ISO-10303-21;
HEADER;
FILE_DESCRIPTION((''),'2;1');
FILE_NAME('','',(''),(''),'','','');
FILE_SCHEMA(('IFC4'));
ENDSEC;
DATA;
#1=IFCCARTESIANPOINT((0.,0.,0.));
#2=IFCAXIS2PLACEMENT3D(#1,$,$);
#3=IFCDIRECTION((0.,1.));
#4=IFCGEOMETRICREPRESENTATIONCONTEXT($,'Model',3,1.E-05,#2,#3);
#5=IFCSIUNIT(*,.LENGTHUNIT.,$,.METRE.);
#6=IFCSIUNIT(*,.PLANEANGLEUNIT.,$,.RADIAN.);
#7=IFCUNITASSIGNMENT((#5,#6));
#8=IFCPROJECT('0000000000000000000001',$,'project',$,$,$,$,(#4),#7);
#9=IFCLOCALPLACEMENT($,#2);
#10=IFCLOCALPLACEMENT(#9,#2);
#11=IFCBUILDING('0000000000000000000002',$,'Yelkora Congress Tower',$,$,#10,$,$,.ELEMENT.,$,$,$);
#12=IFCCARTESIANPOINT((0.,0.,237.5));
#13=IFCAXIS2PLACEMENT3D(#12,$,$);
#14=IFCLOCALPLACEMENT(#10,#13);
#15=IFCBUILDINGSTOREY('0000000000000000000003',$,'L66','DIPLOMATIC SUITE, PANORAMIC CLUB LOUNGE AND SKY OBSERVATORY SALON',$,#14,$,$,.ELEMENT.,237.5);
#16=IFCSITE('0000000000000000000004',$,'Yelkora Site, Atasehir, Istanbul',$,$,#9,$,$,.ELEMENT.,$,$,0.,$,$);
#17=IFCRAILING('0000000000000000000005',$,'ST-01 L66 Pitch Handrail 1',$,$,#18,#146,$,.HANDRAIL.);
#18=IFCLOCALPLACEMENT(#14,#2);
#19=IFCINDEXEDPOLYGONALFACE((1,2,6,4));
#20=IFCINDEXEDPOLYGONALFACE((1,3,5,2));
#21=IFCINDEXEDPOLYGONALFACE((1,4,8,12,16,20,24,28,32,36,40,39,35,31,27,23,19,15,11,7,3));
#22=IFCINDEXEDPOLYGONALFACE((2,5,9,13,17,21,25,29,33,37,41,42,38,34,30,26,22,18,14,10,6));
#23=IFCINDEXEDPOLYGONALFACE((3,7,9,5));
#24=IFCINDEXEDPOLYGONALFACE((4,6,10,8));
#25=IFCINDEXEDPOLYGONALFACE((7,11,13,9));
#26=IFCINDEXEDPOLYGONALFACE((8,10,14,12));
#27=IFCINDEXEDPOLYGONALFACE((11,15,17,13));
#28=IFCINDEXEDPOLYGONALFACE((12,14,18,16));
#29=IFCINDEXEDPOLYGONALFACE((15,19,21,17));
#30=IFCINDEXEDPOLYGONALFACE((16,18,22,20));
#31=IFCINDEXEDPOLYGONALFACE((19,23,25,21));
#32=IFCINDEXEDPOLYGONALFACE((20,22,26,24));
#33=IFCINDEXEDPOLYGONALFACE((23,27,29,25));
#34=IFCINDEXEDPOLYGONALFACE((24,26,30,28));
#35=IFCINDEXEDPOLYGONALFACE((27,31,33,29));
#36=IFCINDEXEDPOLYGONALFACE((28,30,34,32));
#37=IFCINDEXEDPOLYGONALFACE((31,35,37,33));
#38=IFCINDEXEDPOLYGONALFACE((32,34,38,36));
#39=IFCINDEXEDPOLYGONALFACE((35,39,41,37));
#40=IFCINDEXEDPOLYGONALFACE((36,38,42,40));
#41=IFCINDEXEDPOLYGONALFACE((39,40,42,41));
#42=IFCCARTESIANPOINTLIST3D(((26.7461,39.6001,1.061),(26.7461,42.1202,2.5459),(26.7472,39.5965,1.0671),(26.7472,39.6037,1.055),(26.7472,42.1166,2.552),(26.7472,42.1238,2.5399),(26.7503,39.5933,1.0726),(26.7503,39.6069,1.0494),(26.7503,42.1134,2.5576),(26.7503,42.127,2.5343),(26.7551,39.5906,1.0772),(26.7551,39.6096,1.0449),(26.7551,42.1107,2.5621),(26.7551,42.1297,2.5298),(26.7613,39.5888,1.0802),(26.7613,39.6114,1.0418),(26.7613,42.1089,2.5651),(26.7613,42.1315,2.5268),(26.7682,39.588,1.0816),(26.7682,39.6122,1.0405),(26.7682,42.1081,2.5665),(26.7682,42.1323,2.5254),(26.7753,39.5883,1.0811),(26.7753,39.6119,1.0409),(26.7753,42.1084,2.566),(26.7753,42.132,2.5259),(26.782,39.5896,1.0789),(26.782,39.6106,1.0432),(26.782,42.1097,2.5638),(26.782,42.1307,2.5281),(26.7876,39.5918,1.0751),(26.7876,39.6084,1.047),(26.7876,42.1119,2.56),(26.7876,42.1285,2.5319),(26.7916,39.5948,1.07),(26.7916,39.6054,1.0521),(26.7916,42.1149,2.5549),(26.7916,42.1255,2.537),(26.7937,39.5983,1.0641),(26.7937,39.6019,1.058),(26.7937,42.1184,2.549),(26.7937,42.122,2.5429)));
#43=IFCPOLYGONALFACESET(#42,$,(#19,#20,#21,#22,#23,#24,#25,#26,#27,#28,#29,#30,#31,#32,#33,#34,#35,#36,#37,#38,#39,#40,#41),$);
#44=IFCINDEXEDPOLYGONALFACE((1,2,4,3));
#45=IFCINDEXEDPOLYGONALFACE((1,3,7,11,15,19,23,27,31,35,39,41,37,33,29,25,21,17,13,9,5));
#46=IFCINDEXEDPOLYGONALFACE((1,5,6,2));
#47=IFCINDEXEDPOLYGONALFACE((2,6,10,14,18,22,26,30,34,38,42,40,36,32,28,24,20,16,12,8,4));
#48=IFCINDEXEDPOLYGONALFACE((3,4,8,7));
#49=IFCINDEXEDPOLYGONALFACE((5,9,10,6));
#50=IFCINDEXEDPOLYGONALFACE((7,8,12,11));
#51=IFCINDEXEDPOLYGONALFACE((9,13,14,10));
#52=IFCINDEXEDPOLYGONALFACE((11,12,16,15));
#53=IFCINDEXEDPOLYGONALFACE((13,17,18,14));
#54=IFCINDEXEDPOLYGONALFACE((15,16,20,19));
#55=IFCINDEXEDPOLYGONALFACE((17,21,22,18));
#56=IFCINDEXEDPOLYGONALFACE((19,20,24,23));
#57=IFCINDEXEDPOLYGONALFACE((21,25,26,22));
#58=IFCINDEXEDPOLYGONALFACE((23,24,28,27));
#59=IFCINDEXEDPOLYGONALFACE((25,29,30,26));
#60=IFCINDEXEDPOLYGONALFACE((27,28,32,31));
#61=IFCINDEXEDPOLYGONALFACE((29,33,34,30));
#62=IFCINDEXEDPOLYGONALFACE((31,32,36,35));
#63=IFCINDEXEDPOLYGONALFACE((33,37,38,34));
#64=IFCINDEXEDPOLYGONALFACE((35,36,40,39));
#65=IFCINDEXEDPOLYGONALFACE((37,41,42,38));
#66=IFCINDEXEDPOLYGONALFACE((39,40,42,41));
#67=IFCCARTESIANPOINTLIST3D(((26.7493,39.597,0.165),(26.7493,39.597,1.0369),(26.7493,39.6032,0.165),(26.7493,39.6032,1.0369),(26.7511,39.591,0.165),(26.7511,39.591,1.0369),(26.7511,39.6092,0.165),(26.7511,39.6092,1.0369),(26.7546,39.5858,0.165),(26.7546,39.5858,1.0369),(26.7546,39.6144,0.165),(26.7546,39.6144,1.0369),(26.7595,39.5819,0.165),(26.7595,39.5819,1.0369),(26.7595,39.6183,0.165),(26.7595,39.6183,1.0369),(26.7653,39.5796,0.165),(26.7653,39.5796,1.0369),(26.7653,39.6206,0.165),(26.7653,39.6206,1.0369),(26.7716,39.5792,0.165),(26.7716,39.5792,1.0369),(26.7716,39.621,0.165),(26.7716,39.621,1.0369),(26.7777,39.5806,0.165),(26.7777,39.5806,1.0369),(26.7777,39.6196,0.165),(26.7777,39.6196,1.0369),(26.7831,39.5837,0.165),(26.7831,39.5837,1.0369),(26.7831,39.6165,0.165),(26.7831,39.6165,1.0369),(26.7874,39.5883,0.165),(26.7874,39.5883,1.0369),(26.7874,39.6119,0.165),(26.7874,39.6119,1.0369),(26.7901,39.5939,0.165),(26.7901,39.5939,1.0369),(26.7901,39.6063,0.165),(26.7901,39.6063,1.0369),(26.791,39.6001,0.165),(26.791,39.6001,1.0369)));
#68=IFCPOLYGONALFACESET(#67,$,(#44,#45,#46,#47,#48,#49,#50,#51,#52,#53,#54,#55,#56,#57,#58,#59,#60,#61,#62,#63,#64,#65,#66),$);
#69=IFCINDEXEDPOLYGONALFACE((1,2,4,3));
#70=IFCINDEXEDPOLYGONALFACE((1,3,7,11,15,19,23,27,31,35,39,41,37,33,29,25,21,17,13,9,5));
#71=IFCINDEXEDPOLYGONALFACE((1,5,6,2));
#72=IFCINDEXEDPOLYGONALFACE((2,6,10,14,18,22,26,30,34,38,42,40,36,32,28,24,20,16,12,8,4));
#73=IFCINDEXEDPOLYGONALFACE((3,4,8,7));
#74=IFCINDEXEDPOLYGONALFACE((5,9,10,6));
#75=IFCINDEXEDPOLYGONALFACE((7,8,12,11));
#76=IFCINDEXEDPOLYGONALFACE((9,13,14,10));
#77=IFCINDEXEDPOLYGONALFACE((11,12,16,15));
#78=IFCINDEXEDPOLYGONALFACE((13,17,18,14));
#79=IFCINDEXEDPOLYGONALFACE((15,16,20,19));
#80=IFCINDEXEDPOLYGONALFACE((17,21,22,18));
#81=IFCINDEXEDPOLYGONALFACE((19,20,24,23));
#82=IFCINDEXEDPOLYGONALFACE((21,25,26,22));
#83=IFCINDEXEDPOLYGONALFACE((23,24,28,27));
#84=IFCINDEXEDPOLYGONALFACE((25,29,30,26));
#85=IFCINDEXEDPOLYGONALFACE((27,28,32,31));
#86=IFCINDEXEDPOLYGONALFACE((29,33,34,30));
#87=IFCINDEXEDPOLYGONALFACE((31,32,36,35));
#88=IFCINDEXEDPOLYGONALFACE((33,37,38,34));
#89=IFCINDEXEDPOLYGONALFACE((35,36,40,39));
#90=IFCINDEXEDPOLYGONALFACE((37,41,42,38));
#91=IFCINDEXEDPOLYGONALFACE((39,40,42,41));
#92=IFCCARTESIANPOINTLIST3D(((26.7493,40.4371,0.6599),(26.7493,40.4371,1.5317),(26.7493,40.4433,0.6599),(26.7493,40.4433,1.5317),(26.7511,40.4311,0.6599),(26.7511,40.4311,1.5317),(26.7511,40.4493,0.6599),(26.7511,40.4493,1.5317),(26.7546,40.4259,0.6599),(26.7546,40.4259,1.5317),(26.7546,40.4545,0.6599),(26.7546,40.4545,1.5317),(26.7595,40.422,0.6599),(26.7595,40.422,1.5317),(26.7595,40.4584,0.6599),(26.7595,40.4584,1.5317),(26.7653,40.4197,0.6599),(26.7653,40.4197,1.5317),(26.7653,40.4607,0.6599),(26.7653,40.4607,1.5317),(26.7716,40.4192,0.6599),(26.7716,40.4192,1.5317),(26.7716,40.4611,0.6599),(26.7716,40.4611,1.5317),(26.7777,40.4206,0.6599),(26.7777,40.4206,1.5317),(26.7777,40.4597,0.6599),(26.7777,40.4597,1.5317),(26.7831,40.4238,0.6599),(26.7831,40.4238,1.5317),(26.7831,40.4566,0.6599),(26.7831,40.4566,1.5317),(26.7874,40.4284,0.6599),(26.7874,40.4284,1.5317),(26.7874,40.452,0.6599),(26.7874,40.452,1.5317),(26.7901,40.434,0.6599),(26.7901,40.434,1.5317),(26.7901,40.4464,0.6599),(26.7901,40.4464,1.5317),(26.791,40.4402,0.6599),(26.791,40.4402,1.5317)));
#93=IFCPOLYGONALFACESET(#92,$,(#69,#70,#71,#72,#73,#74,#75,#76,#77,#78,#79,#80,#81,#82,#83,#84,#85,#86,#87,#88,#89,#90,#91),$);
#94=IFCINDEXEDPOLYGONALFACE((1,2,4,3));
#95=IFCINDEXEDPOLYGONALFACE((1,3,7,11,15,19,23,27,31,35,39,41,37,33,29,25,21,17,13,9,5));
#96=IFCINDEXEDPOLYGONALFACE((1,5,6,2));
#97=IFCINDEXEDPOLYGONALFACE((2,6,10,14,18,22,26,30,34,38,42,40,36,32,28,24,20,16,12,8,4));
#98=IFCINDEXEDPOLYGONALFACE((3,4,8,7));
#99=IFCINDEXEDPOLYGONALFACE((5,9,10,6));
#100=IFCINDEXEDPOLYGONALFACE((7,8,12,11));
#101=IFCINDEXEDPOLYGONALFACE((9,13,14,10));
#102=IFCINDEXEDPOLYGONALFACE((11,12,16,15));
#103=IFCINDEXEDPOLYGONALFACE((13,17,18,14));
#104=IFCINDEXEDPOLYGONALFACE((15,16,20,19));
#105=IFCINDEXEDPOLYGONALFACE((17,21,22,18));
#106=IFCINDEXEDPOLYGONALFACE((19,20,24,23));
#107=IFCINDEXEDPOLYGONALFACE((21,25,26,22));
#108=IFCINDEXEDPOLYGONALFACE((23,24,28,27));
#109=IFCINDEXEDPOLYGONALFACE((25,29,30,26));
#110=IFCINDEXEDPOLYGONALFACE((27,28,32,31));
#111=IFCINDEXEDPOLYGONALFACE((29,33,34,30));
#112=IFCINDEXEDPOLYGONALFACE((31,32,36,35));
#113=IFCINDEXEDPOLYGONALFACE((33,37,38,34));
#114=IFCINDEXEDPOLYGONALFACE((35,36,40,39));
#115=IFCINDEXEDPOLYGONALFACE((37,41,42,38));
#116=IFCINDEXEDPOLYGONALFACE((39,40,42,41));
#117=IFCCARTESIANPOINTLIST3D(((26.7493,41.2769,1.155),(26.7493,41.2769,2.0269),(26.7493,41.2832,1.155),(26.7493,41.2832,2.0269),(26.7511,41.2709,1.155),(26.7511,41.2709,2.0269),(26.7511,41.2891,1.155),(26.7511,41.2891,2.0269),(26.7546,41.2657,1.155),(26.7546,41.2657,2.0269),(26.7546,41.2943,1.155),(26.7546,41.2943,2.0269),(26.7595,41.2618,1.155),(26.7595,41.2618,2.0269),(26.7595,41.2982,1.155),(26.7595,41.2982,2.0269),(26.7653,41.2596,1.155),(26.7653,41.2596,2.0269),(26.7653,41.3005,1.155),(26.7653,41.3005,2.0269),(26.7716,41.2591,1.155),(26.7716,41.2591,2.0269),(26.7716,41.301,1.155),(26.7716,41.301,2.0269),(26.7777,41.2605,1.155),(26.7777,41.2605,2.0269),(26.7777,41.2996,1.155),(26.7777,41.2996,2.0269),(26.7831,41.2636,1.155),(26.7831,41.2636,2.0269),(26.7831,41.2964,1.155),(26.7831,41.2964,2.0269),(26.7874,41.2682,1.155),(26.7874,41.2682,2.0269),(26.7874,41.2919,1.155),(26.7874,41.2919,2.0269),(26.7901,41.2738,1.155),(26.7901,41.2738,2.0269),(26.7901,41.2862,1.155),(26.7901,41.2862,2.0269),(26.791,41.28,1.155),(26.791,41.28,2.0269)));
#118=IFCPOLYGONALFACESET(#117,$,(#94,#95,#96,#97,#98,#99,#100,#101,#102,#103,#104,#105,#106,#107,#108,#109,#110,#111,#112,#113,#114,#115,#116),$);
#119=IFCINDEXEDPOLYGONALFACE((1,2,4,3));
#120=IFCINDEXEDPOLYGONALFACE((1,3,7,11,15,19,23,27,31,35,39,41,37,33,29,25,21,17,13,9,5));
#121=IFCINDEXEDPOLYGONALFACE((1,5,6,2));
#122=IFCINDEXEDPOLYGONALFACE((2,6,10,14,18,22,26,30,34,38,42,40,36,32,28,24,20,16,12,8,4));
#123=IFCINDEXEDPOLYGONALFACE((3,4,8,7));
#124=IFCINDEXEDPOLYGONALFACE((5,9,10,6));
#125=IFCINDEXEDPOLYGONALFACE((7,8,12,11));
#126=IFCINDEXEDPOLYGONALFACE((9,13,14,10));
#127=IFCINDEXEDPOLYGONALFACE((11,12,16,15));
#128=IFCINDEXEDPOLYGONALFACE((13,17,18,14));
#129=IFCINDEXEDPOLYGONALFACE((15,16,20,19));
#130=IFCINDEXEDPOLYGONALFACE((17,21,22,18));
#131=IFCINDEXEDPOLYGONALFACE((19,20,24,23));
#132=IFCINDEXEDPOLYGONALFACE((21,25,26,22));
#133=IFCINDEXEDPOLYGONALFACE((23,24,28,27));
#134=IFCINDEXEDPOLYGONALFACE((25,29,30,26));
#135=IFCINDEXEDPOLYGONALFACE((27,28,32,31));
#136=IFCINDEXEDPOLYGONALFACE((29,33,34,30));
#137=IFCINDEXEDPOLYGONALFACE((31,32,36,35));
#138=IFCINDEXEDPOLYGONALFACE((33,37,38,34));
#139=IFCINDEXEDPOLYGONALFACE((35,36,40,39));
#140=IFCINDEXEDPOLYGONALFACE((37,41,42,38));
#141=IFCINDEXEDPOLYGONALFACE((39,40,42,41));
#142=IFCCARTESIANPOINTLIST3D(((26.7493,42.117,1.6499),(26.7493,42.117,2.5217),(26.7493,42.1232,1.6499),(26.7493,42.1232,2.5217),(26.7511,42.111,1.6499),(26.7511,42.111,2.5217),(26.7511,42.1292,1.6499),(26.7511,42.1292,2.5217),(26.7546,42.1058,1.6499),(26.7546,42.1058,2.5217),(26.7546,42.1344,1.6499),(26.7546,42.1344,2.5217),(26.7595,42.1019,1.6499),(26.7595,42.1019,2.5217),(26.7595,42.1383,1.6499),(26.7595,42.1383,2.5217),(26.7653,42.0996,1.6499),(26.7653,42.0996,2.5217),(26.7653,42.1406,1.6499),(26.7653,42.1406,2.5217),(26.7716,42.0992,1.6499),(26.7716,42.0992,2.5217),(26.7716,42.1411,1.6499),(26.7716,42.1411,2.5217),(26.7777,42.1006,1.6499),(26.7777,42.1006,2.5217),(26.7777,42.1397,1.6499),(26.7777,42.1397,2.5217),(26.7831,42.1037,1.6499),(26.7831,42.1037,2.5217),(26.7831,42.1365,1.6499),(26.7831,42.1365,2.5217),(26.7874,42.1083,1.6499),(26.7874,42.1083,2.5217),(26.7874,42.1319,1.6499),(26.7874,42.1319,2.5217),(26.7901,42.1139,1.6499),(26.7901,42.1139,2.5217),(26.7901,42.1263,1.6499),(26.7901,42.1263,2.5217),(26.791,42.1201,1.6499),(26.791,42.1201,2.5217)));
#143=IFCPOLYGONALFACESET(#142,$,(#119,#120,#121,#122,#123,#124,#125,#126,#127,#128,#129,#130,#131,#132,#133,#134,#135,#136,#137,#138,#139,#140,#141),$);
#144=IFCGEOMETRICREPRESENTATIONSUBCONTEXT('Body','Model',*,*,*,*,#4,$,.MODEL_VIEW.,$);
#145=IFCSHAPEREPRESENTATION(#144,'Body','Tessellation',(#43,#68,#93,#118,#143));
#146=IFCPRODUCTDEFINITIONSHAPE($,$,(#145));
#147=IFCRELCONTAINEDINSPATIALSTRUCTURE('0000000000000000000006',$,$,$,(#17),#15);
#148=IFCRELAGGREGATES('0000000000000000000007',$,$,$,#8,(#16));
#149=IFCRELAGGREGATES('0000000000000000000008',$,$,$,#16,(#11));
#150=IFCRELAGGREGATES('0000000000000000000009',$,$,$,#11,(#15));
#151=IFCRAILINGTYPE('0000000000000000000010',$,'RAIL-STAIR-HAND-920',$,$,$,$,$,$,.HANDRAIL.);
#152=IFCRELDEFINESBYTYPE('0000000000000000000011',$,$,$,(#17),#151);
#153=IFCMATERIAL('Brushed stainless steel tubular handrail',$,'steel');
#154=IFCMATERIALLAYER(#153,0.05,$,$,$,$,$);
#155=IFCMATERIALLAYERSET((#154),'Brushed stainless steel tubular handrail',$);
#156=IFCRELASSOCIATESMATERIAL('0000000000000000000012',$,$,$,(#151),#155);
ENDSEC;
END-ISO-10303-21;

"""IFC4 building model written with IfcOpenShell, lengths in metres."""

from ifc_helpers import new_model, si_unit, direction, frame, origin, origin_2d, place, context, subcontext, project, spatial, circle, extrude, material, layer, layer_set, type_object, element, save


model = new_model("IFC4")

# Units and contexts
model_context = context("Model", 3, precision=1e-05, world=origin(), true_north=direction((0.0, 1.0)))
body_context = subcontext(model_context, "Body", "Model", "MODEL_VIEW")
ifc_project = project(units=[si_unit("LENGTHUNIT", "METRE"), si_unit("PLANEANGLEUNIT", "RADIAN")], contexts=[model_context])

# Site, building, storey
site_placement = place(None, origin())
site = spatial("IfcSite", under=ifc_project, at=site_placement, Name="Yelkora Site, Atasehir, Istanbul", CompositionType="ELEMENT", RefElevation=0.0)
building_placement = place(site_placement, origin())
building = spatial("IfcBuilding", under=site, at=building_placement, Name="Yelkora Congress Tower", CompositionType="ELEMENT")
storey_placement = place(building_placement, frame((0.0, 0.0, 237.5)))
storey = spatial("IfcBuildingStorey", under=building, at=storey_placement, Name="L66", Description="DIPLOMATIC SUITE, PANORAMIC CLUB LOUNGE AND SKY OBSERVATORY SALON", CompositionType="ELEMENT", Elevation=237.5)

# Railing
ifc_material_1 = material(Name="Brushed stainless steel tubular handrail", Category="steel")
ifc_layer_1 = layer(ifc_material_1, 0.05)
ifc_layer_set_1 = layer_set([ifc_layer_1], Name="Brushed stainless steel tubular handrail")
railing_type_1 = type_object("IfcRailingType", Name="RAIL-STAIR-HAND-920", PredefinedType="HANDRAIL", material=ifc_layer_set_1)
railing_1_placement = place(storey_placement, frame((26.77, 39.6001, 0.165)))
element("IfcRailing", 1, at=railing_1_placement, inside=storey, type_object=railing_type_1, Name="ST-01 L66 Pitch Handrail 1", PredefinedType="HANDRAIL", context=body_context, shape_type="SweptSolid", body=[
    extrude(circle(Radius=0.0239, at=origin_2d()), frame((0.0, 0.0, 0.896), z_axis=(0.0, 0.861561, 0.507655), x_axis=(-1.0, 0.0, 0.0)), (0.0, 0.0, 1.0), 2.925),
    extrude(circle(Radius=0.021, at=origin_2d()), origin(), (0.0, 0.0, 1.0), 0.8718),
    extrude(circle(Radius=0.021, at=origin_2d()), frame((0.0, 0.8401, 0.4949)), (0.0, 0.0, 1.0), 0.8718),
    extrude(circle(Radius=0.021, at=origin_2d()), frame((0.0, 1.6799, 0.99)), (0.0, 0.0, 1.0), 0.8718),
    extrude(circle(Radius=0.021, at=origin_2d()), frame((0.0, 2.52, 1.4849)), (0.0, 0.0, 1.0), 0.8718),
])

save(model, "model.ifc")
